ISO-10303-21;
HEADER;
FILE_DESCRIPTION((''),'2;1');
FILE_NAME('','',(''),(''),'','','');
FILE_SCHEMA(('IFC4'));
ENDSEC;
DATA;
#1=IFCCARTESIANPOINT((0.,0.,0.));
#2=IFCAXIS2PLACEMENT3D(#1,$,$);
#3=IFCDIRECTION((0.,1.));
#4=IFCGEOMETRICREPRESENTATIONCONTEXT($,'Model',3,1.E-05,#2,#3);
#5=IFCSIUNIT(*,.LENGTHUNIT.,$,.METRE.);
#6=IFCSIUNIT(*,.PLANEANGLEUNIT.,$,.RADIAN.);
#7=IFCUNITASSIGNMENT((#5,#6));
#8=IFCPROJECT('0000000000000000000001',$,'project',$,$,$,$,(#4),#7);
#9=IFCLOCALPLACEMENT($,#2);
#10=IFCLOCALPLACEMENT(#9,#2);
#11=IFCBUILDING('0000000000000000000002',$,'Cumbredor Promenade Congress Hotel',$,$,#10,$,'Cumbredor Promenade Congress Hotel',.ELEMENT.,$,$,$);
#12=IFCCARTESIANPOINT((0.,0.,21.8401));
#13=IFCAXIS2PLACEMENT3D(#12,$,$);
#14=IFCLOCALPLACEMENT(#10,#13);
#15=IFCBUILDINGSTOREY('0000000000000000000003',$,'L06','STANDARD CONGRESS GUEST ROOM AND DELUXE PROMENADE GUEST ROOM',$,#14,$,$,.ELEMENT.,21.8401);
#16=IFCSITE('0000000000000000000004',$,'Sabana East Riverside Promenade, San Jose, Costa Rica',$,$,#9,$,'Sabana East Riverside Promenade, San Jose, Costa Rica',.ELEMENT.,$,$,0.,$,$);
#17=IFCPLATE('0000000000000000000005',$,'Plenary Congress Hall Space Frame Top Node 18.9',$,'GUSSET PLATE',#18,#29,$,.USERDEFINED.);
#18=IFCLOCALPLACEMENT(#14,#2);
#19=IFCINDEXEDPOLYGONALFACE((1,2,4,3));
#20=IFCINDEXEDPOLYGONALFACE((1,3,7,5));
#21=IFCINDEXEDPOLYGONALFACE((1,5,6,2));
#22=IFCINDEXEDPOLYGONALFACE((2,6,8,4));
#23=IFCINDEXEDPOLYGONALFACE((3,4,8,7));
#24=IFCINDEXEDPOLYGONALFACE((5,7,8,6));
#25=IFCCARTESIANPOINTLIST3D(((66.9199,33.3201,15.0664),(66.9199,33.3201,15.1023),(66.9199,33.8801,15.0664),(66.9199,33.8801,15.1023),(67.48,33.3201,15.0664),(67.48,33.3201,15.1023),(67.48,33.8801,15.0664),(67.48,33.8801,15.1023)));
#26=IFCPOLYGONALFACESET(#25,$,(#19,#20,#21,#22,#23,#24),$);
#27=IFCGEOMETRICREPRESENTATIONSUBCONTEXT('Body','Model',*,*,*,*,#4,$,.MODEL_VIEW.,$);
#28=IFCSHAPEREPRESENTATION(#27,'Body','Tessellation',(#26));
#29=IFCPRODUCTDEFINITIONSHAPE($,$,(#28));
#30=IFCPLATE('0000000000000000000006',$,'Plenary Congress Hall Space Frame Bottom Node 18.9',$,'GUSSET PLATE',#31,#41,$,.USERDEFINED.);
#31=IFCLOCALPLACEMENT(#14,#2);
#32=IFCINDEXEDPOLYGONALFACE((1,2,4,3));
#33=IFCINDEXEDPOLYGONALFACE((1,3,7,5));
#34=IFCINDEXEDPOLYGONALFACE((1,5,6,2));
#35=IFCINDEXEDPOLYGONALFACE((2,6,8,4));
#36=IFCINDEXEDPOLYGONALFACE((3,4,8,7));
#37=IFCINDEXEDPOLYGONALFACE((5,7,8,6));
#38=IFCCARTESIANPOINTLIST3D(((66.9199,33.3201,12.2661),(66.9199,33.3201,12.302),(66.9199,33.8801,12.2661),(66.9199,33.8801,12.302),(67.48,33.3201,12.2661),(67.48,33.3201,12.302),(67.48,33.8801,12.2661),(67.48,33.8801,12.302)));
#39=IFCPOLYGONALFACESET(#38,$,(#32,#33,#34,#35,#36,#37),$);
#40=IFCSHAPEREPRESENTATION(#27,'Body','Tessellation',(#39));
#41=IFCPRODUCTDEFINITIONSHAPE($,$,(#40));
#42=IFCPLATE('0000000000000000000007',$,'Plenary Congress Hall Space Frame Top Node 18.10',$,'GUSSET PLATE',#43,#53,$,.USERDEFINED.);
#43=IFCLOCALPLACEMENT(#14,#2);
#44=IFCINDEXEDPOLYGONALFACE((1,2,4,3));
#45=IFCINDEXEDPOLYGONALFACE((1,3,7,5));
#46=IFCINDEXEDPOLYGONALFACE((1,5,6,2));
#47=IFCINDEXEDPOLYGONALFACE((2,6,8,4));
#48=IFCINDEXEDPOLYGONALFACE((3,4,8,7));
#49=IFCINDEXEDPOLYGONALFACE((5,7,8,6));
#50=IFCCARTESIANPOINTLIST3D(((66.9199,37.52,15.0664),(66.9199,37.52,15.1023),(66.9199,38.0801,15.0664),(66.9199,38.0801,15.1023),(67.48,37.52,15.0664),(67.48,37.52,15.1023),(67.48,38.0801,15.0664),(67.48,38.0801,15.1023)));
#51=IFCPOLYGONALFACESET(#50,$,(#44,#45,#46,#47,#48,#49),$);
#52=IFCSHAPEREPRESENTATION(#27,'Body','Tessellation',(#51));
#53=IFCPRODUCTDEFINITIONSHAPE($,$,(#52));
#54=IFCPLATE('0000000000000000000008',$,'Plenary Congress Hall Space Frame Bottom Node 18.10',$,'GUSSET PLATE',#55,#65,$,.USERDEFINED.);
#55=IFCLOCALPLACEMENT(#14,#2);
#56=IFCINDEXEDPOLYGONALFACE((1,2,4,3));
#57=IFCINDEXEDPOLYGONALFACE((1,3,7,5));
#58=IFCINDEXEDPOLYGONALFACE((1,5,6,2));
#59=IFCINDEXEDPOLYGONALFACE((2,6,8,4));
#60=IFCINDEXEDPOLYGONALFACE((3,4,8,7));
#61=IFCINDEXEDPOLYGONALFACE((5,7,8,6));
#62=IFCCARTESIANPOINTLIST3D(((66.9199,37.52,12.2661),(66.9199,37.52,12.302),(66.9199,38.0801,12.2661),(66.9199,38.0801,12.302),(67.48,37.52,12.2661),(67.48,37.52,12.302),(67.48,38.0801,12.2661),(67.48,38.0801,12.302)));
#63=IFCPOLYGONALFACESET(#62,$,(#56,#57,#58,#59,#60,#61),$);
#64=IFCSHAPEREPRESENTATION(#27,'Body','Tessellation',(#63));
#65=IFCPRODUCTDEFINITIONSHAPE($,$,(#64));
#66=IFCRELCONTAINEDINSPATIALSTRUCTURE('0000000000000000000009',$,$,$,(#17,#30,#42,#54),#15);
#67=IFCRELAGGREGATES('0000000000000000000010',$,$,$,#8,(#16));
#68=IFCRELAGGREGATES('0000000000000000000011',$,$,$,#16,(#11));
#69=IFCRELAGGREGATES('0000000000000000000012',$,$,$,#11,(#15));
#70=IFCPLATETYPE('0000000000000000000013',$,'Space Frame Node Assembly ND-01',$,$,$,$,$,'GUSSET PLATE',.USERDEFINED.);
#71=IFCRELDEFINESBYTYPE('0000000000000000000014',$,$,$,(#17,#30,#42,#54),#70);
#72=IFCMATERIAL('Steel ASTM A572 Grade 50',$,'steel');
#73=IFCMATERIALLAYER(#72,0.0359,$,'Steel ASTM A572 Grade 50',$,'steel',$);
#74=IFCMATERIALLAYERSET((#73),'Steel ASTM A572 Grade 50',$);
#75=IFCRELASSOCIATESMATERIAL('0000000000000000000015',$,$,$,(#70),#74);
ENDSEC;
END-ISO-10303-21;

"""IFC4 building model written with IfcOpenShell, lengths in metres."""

from ifc_helpers import new_model, si_unit, direction, frame, origin, origin_2d, place, context, subcontext, project, spatial, rectangle, extrude, material, layer, layer_set, type_object, element, save


model = new_model("IFC4")

# Units and contexts
model_context = context("Model", 3, precision=1e-05, world=origin(), true_north=direction((0.0, 1.0)))
body_context = subcontext(model_context, "Body", "Model", "MODEL_VIEW")
ifc_project = project(units=[si_unit("LENGTHUNIT", "METRE"), si_unit("PLANEANGLEUNIT", "RADIAN")], contexts=[model_context])

# Site, building, storey
site_placement = place(None, origin())
site = spatial("IfcSite", under=ifc_project, at=site_placement, Name="Sabana East Riverside Promenade, San Jose, Costa Rica", LongName="Sabana East Riverside Promenade, San Jose, Costa Rica", CompositionType="ELEMENT", RefElevation=0.0)
building_placement = place(site_placement, origin())
building = spatial("IfcBuilding", under=site, at=building_placement, Name="Cumbredor Promenade Congress Hotel", LongName="Cumbredor Promenade Congress Hotel", CompositionType="ELEMENT")
storey_placement = place(building_placement, frame((0.0, 0.0, 21.8401)))
storey = spatial("IfcBuildingStorey", under=building, at=storey_placement, Name="L06", Description="STANDARD CONGRESS GUEST ROOM AND DELUXE PROMENADE GUEST ROOM", CompositionType="ELEMENT", Elevation=21.8401)

# Plates
ifc_material_1 = material(Name="Steel ASTM A572 Grade 50", Category="steel")
ifc_layer = layer(ifc_material_1, 0.0359, Name="Steel ASTM A572 Grade 50", Category="steel")
ifc_layer_set = layer_set([ifc_layer], Name="Steel ASTM A572 Grade 50")
plate_type = type_object("IfcPlateType", Name="Space Frame Node Assembly ND-01", ElementType="GUSSET PLATE", PredefinedType="USERDEFINED", material=ifc_layer_set)
for number, where, z_axis, x_axis, name in (
    (1, (67.2, 33.6001, 15.0664), (0.0, 0.0, 1.0), (1.0, 0.0, 0.0), "Plenary Congress Hall Space Frame Top Node 18.9"),
    (2, (67.2, 33.6001, 12.2661), (0.0, 0.0, 1.0), (1.0, 0.0, 0.0), "Plenary Congress Hall Space Frame Bottom Node 18.9"),
    (3, (67.2, 37.8, 15.0664), (0.0, 0.0, 1.0), (1.0, 0.0, 0.0), "Plenary Congress Hall Space Frame Top Node 18.10"),
    (4, (67.2, 37.8, 12.2661), (0.0, 0.0, 1.0), (1.0, 0.0, 0.0), "Plenary Congress Hall Space Frame Bottom Node 18.10"),
):
    element("IfcPlate", number, at=place(storey_placement, frame(where, z_axis=z_axis, x_axis=x_axis)), inside=storey, type_object=plate_type, Name=name, ObjectType="GUSSET PLATE", PredefinedType="USERDEFINED", context=body_context, shape_type="SweptSolid", body=[
        extrude(rectangle(XDim=0.5601, YDim=0.5601, at=origin_2d()), origin(), (0.0, 0.0, 1.0), 0.0359),
    ])

save(model, "model.ifc")
